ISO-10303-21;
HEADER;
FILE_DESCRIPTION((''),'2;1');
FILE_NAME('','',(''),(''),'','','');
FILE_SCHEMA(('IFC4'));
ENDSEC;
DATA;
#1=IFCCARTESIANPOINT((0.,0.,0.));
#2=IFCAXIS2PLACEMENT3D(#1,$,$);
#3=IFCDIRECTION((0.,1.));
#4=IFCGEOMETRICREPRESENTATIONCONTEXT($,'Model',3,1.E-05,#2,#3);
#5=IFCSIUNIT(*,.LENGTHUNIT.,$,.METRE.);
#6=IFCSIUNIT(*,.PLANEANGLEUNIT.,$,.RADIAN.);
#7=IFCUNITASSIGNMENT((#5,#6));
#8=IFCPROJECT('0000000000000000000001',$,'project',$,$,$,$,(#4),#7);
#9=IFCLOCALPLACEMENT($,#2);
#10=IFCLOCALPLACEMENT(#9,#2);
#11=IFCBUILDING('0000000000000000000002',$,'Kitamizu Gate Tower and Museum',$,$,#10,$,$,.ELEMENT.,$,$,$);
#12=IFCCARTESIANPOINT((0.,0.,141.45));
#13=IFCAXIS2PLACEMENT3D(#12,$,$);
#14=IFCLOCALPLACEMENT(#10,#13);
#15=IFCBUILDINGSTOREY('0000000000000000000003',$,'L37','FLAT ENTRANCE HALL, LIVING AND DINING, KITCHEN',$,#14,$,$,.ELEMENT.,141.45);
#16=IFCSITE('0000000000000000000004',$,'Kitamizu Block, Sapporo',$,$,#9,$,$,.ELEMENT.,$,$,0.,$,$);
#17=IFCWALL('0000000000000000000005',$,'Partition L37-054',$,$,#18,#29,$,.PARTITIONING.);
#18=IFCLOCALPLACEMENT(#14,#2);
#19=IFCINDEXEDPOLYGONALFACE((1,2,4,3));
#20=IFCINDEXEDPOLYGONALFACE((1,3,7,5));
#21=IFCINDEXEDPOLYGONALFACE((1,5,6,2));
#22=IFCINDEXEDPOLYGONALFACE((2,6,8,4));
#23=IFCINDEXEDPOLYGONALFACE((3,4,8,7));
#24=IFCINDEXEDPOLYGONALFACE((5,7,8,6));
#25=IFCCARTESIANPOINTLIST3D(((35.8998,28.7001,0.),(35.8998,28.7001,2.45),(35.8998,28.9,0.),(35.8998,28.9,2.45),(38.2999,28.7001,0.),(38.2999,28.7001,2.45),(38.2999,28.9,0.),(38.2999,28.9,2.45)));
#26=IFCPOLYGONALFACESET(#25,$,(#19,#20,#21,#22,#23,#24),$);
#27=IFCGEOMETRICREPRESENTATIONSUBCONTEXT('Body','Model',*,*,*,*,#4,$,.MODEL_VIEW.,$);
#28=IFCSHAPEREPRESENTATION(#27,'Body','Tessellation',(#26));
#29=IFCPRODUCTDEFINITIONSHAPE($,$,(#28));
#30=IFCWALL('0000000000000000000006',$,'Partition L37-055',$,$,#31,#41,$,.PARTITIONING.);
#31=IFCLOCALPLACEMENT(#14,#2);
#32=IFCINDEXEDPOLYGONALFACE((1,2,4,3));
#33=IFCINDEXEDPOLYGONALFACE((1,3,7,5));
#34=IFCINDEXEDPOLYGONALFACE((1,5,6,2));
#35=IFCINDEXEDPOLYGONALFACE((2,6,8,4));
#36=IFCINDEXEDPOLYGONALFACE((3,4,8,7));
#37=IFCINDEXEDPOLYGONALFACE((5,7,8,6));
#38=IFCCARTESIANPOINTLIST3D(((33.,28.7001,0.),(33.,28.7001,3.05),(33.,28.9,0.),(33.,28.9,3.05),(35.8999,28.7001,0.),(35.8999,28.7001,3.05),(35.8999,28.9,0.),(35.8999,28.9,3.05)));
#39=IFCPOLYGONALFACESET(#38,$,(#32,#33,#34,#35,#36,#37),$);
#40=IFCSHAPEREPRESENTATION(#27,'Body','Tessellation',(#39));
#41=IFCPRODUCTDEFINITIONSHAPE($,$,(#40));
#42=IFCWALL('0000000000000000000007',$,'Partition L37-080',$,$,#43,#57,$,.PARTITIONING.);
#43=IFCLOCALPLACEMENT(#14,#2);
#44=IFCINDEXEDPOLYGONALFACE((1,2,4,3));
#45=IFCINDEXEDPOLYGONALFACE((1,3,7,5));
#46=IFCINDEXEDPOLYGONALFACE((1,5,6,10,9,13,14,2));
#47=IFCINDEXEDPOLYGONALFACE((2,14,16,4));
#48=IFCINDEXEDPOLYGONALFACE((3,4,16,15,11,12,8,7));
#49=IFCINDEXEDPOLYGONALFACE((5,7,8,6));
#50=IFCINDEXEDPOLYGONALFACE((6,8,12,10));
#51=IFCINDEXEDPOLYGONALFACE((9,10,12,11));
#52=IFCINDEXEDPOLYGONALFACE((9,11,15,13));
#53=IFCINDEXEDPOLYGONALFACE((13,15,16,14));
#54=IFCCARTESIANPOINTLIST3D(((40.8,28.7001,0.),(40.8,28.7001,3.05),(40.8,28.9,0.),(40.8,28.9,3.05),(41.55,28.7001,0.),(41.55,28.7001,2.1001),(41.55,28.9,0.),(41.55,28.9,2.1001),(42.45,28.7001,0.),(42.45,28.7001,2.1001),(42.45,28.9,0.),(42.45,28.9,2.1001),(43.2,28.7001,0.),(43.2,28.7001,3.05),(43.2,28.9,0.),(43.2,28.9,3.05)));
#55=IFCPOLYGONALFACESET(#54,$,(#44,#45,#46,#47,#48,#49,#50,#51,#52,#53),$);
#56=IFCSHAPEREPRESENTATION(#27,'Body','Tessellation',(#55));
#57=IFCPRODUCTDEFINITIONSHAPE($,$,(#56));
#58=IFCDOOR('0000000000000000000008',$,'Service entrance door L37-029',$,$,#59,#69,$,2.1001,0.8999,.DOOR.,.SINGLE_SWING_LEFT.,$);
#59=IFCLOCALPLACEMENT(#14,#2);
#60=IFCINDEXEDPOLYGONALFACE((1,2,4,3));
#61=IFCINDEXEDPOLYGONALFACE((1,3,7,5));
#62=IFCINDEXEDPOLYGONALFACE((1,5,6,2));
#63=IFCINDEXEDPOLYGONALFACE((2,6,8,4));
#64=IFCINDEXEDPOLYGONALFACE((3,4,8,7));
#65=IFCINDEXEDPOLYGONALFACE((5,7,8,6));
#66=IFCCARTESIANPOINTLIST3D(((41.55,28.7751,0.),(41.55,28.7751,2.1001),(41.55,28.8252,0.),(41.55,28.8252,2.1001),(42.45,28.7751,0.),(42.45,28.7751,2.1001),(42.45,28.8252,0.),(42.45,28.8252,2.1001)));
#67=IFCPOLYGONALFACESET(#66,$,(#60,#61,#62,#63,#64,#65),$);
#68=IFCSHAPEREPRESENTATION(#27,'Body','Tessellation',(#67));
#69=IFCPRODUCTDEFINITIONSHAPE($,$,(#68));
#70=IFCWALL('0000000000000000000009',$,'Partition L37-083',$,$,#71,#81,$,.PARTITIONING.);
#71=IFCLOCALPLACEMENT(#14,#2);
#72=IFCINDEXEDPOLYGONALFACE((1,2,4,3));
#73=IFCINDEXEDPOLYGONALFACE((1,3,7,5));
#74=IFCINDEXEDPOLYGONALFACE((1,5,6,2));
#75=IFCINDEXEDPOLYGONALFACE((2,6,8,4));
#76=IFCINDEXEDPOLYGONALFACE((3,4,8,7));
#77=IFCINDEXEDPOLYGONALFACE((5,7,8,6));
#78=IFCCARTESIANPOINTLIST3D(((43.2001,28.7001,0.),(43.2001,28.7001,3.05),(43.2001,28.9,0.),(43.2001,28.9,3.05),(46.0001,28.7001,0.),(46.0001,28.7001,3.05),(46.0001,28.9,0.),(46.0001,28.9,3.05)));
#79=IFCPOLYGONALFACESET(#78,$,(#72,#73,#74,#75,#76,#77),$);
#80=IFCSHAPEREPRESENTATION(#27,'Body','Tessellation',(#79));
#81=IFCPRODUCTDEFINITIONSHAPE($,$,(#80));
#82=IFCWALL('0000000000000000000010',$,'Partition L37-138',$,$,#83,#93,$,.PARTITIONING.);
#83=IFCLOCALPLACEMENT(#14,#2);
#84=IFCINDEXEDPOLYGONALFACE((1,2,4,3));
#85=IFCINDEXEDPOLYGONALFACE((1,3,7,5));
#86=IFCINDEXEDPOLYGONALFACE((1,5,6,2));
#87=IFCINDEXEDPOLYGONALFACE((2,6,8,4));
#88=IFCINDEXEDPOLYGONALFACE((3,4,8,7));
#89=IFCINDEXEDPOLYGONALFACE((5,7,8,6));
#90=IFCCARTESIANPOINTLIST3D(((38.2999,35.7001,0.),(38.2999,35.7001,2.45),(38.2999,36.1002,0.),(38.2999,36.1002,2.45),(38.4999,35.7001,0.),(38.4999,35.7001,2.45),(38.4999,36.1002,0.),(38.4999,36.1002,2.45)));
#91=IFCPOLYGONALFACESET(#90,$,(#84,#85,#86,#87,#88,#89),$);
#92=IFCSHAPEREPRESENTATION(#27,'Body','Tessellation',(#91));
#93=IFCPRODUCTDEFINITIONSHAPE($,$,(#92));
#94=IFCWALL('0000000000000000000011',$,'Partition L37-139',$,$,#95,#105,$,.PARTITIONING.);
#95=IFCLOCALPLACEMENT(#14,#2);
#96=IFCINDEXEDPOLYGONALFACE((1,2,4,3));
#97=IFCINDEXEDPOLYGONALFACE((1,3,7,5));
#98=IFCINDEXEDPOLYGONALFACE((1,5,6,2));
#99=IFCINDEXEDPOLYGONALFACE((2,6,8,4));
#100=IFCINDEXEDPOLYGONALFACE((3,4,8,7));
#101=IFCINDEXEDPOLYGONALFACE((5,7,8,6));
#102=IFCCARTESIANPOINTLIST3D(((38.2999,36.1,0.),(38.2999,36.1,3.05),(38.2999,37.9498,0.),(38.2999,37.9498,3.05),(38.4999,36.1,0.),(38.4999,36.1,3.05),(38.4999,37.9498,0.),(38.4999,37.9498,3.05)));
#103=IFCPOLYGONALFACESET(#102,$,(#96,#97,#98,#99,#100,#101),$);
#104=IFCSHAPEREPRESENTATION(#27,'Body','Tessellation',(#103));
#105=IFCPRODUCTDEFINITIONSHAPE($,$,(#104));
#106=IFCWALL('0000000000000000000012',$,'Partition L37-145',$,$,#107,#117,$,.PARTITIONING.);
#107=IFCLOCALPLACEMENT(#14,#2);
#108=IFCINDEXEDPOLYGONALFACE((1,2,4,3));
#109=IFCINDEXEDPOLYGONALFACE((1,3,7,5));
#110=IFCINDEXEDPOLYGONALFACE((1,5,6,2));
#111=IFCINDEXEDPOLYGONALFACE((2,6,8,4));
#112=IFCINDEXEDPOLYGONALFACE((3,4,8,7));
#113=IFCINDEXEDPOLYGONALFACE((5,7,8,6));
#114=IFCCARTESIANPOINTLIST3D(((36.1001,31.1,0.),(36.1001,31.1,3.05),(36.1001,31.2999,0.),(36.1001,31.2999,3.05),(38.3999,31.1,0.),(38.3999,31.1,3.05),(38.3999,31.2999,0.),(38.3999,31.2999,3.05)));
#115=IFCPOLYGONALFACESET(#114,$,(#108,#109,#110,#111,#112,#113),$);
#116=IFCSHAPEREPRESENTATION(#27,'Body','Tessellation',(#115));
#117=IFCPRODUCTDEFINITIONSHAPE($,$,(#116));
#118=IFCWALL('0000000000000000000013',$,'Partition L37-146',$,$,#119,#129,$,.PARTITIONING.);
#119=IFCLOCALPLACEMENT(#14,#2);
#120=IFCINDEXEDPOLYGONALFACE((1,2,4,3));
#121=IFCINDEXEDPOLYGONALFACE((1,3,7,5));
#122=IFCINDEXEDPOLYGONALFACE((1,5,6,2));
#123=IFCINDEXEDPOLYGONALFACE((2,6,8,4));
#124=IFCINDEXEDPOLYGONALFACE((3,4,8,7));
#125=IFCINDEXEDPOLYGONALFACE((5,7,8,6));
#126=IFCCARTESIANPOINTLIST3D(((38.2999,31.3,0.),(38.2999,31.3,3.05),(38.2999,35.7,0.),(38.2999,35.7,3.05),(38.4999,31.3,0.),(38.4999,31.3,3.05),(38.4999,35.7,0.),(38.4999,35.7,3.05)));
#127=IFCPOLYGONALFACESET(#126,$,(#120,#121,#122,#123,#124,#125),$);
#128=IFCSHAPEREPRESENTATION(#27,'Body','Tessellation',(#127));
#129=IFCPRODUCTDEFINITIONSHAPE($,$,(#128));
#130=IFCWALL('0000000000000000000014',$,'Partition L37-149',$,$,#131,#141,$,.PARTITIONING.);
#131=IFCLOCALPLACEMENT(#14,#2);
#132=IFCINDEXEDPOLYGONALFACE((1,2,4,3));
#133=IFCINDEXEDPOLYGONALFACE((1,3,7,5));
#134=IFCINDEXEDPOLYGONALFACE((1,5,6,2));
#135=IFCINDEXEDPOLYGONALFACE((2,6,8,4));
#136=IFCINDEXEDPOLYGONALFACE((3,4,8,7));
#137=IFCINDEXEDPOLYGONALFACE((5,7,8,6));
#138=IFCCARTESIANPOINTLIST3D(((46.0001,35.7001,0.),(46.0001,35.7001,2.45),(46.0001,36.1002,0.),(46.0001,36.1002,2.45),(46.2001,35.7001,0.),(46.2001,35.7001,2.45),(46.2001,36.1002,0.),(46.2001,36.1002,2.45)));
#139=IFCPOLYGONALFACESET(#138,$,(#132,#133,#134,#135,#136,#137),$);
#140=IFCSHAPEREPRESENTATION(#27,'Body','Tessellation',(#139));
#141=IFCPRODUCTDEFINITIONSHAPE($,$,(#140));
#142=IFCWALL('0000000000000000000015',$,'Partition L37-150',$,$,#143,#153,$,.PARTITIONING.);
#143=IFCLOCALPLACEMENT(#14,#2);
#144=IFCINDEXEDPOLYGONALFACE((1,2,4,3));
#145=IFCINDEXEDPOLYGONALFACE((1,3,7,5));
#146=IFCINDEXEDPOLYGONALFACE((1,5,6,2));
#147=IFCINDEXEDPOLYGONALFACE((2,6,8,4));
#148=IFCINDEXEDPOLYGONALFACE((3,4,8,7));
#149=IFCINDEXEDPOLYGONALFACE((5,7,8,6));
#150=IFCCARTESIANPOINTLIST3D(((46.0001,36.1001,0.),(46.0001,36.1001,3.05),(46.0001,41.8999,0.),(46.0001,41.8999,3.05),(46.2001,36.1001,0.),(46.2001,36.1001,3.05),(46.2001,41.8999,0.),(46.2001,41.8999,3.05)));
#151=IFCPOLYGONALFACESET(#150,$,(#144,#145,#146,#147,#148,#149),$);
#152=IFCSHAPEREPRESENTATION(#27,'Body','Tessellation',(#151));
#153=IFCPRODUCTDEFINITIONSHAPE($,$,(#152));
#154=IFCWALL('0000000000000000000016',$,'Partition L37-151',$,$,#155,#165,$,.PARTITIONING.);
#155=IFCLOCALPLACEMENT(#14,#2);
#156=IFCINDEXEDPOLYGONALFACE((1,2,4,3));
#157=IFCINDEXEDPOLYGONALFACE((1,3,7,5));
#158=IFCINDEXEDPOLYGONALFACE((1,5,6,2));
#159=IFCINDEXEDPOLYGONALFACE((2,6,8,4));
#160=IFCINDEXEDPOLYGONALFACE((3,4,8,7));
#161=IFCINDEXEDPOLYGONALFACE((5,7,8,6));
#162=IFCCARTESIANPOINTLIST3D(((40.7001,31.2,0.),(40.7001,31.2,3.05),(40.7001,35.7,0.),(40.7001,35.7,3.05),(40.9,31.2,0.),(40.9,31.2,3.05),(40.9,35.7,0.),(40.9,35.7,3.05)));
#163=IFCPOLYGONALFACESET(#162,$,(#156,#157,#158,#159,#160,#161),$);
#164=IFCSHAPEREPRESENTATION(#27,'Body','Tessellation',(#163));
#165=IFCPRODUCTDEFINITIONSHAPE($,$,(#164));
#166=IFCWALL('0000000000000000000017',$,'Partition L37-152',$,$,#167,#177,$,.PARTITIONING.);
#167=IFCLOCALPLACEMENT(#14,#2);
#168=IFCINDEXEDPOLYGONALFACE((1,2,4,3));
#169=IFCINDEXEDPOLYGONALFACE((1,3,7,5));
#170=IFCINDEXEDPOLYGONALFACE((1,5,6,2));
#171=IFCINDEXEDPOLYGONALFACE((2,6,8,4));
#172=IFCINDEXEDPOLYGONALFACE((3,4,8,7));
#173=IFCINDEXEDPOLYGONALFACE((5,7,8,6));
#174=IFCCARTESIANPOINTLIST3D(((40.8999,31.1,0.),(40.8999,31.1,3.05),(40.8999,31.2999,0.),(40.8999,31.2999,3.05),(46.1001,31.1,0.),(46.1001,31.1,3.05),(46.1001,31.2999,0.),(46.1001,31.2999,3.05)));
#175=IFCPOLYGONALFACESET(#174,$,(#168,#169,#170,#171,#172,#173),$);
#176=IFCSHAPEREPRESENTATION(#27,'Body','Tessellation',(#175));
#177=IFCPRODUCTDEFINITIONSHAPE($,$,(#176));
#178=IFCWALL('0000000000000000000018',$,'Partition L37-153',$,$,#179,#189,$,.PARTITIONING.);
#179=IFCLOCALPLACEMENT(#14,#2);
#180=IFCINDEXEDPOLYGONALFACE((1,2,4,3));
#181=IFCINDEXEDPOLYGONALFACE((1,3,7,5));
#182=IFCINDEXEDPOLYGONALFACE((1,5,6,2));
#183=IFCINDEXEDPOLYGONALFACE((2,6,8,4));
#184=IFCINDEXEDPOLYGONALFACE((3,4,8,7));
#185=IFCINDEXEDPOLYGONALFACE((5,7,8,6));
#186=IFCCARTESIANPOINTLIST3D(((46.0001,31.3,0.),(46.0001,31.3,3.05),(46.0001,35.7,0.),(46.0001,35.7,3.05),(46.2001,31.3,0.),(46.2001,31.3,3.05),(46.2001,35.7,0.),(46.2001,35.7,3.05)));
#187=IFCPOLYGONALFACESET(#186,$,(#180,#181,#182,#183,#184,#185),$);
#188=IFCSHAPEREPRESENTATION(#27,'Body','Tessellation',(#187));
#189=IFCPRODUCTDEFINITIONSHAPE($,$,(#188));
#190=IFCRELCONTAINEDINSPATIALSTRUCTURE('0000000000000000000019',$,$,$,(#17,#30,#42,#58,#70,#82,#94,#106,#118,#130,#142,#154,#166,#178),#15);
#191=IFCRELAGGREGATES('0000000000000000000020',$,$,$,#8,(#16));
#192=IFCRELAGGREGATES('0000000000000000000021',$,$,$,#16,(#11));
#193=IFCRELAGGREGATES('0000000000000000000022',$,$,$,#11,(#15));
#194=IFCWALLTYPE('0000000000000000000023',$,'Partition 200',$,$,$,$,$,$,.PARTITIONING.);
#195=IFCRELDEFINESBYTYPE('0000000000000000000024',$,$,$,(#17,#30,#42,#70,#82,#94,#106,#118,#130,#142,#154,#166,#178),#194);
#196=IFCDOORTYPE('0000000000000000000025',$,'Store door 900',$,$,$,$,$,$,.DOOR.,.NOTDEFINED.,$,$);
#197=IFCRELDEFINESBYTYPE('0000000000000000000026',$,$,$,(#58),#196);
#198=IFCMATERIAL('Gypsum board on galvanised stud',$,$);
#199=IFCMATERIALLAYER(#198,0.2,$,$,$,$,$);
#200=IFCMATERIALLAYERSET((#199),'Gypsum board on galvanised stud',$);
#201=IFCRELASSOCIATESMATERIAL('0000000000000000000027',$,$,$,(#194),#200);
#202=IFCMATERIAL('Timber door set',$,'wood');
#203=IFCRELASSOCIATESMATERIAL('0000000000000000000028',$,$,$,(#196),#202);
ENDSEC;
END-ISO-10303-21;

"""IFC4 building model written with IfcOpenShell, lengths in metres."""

from ifc_helpers import new_model, si_unit, direction, frame, frame_2d, origin, place, context, subcontext, project, spatial, rectangle, extrude, material, layer, layer_set, type_object, element, fill, save


model = new_model("IFC4")

# Units and contexts
model_context = context("Model", 3, precision=1e-05, world=origin(), true_north=direction((0.0, 1.0)))
body_context = subcontext(model_context, "Body", "Model", "MODEL_VIEW")
ifc_project = project(units=[si_unit("LENGTHUNIT", "METRE"), si_unit("PLANEANGLEUNIT", "RADIAN")], contexts=[model_context])

# Site, building, storey
site_placement = place(None, origin())
site = spatial("IfcSite", under=ifc_project, at=site_placement, Name="Kitamizu Block, Sapporo", CompositionType="ELEMENT", RefElevation=0.0)
building_placement = place(site_placement, origin())
building = spatial("IfcBuilding", under=site, at=building_placement, Name="Kitamizu Gate Tower and Museum", CompositionType="ELEMENT")
storey_placement = place(building_placement, frame((0.0, 0.0, 141.45)))
storey = spatial("IfcBuildingStorey", under=building, at=storey_placement, Name="L37", Description="FLAT ENTRANCE HALL, LIVING AND DINING, KITCHEN", CompositionType="ELEMENT", Elevation=141.45)

# Walls
ifc_material_1 = material(Name="Gypsum board on galvanised stud")
ifc_layer_1 = layer(ifc_material_1, 0.2)
ifc_layer_set_1 = layer_set([ifc_layer_1], Name="Gypsum board on galvanised stud")
wall_type_1 = type_object("IfcWallType", Name="Partition 200", PredefinedType="PARTITIONING", material=ifc_layer_set_1)
wall_1_placement = place(storey_placement, frame((38.3, 28.8, 0.0), z_axis=(0.0, 0.0, 1.0), x_axis=(-1.0, 0.0, 0.0)))
element("IfcWall", 1, at=wall_1_placement, inside=storey, type_object=wall_type_1, Name="Partition L37-054", PredefinedType="PARTITIONING", context=body_context, shape_type="SweptSolid", body=[
    extrude(rectangle(XDim=2.4001, YDim=0.2, at=frame_2d((1.2002, 0.0))), origin(), (0.0, 0.0, 1.0), 2.45),
])
wall_2_placement = place(storey_placement, frame((35.8999, 28.8, 0.0), z_axis=(0.0, 0.0, 1.0), x_axis=(-1.0, 0.0, 0.0)))
element("IfcWall", 2, at=wall_2_placement, inside=storey, type_object=wall_type_1, Name="Partition L37-055", PredefinedType="PARTITIONING", context=body_context, shape_type="SweptSolid", body=[
    extrude(rectangle(XDim=2.8999, YDim=0.2, at=frame_2d((1.45, 0.0))), origin(), (0.0, 0.0, 1.0), 3.05),
])

# Wall, opening, door
wall_3_placement = place(storey_placement, frame((43.2, 28.8, 0.0), z_axis=(0.0, 0.0, 1.0), x_axis=(-1.0, 0.0, 0.0)))
wall_3 = element("IfcWall", 3, at=wall_3_placement, inside=storey, type_object=wall_type_1, Name="Partition L37-080", PredefinedType="PARTITIONING", context=body_context, shape_type="SweptSolid", body=[
    extrude(rectangle(XDim=2.3999, YDim=0.2, at=frame_2d((1.2, 0.0))), origin(), (0.0, 0.0, 1.0), 3.05),
])
opening_1_placement = place(wall_3_placement, frame((0.75, 0.0, 0.0)))
opening_1 = element("IfcOpeningElement", 4, at=opening_1_placement, cuts=wall_3, PredefinedType="OPENING", context=body_context, shape_type="SweptSolid", body=[
    extrude(rectangle(XDim=0.8999, YDim=2.1001, at=frame_2d((0.45, 1.05))), frame((0.0, 0.1099, 0.0), z_axis=(0.0, -1.0, 0.0), x_axis=(1.0, 0.0, 0.0)), (0.0, 0.0, 1.0), 0.22),
])
ifc_material_2 = material(Name="Timber door set", Category="wood")
door_type_1 = type_object("IfcDoorType", Name="Store door 900", OperationType="NOTDEFINED", PredefinedType="DOOR", material=ifc_material_2)
door_1_placement = place(opening_1_placement, origin())
door_1 = element("IfcDoor", 5, at=door_1_placement, inside=storey, type_object=door_type_1, Name="Service entrance door L37-029", OperationType="SINGLE_SWING_LEFT", OverallHeight=2.1001, OverallWidth=0.8999, PredefinedType="DOOR", context=body_context, shape_type="SweptSolid", body=[
    extrude(rectangle(XDim=0.8999, YDim=2.1001, at=frame_2d((0.45, 1.05))), frame((0.0, 0.0249, 0.0), z_axis=(0.0, -1.0, 0.0), x_axis=(1.0, 0.0, 0.0)), (0.0, 0.0, 1.0), 0.05),
])
fill(opening_1, door_1)

# Walls
wall_4_placement = place(storey_placement, frame((46.0, 28.8, 0.0), z_axis=(0.0, 0.0, 1.0), x_axis=(-1.0, 0.0, 0.0)))
element("IfcWall", 6, at=wall_4_placement, inside=storey, type_object=wall_type_1, Name="Partition L37-083", PredefinedType="PARTITIONING", context=body_context, shape_type="SweptSolid", body=[
    extrude(rectangle(XDim=2.8, YDim=0.2, at=frame_2d((1.3999, 0.0))), origin(), (0.0, 0.0, 1.0), 3.05),
])
wall_5_placement = place(storey_placement, frame((38.3999, 35.7, 0.0), z_axis=(0.0, 0.0, 1.0), x_axis=(0.0, 1.0, 0.0)))
element("IfcWall", 7, at=wall_5_placement, inside=storey, type_object=wall_type_1, Name="Partition L37-138", PredefinedType="PARTITIONING", context=body_context, shape_type="SweptSolid", body=[
    extrude(rectangle(XDim=0.4001, YDim=0.2, at=frame_2d((0.2002, 0.0))), origin(), (0.0, 0.0, 1.0), 2.45),
])
wall_6_placement = place(storey_placement, frame((38.3999, 36.1001, 0.0), z_axis=(0.0, 0.0, 1.0), x_axis=(0.0, 1.0, 0.0)))
element("IfcWall", 8, at=wall_6_placement, inside=storey, type_object=wall_type_1, Name="Partition L37-139", PredefinedType="PARTITIONING", context=body_context, shape_type="SweptSolid", body=[
    extrude(rectangle(XDim=1.8499, YDim=0.2, at=frame_2d((0.9248, 0.0))), origin(), (0.0, 0.0, 1.0), 3.05),
])
wall_7_placement = place(storey_placement, frame((36.1001, 31.2, 0.0), z_axis=(0.0, 0.0, 1.0), x_axis=(1.0, 0.0, 0.0)))
element("IfcWall", 9, at=wall_7_placement, inside=storey, type_object=wall_type_1, Name="Partition L37-145", PredefinedType="PARTITIONING", context=body_context, shape_type="SweptSolid", body=[
    extrude(rectangle(XDim=2.2998, YDim=0.2, at=frame_2d((1.1499, 0.0))), origin(), (0.0, 0.0, 1.0), 3.05),
])
wall_8_placement = place(storey_placement, frame((38.3999, 31.3, 0.0), z_axis=(0.0, 0.0, 1.0), x_axis=(0.0, 1.0, 0.0)))
element("IfcWall", 10, at=wall_8_placement, inside=storey, type_object=wall_type_1, Name="Partition L37-146", PredefinedType="PARTITIONING", context=body_context, shape_type="SweptSolid", body=[
    extrude(rectangle(XDim=4.3999, YDim=0.2, at=frame_2d((2.2, 0.0))), origin(), (0.0, 0.0, 1.0), 3.05),
])
wall_9_placement = place(storey_placement, frame((46.1001, 35.7, 0.0), z_axis=(0.0, 0.0, 1.0), x_axis=(0.0, 1.0, 0.0)))
element("IfcWall", 11, at=wall_9_placement, inside=storey, type_object=wall_type_1, Name="Partition L37-149", PredefinedType="PARTITIONING", context=body_context, shape_type="SweptSolid", body=[
    extrude(rectangle(XDim=0.4001, YDim=0.2, at=frame_2d((0.2002, 0.0))), origin(), (0.0, 0.0, 1.0), 2.45),
])
wall_10_placement = place(storey_placement, frame((46.1001, 36.1001, 0.0), z_axis=(0.0, 0.0, 1.0), x_axis=(0.0, 1.0, 0.0)))
element("IfcWall", 12, at=wall_10_placement, inside=storey, type_object=wall_type_1, Name="Partition L37-150", PredefinedType="PARTITIONING", context=body_context, shape_type="SweptSolid", body=[
    extrude(rectangle(XDim=5.7998, YDim=0.2, at=frame_2d((2.8999, 0.0))), origin(), (0.0, 0.0, 1.0), 3.05),
])
wall_11_placement = place(storey_placement, frame((40.8, 35.7, 0.0), z_axis=(0.0, 0.0, 1.0), x_axis=(0.0, -1.0, 0.0)))
element("IfcWall", 13, at=wall_11_placement, inside=storey, type_object=wall_type_1, Name="Partition L37-151", PredefinedType="PARTITIONING", context=body_context, shape_type="SweptSolid", body=[
    extrude(rectangle(XDim=4.5, YDim=0.2, at=frame_2d((2.25, 0.0))), origin(), (0.0, 0.0, 1.0), 3.05),
])
wall_12_placement = place(storey_placement, frame((40.8999, 31.2, 0.0), z_axis=(0.0, 0.0, 1.0), x_axis=(1.0, 0.0, 0.0)))
element("IfcWall", 14, at=wall_12_placement, inside=storey, type_object=wall_type_1, Name="Partition L37-152", PredefinedType="PARTITIONING", context=body_context, shape_type="SweptSolid", body=[
    extrude(rectangle(XDim=5.2002, YDim=0.2, at=frame_2d((2.6001, 0.0))), origin(), (0.0, 0.0, 1.0), 3.05),
])
wall_13_placement = place(storey_placement, frame((46.1001, 31.3, 0.0), z_axis=(0.0, 0.0, 1.0), x_axis=(0.0, 1.0, 0.0)))
element("IfcWall", 15, at=wall_13_placement, inside=storey, type_object=wall_type_1, Name="Partition L37-153", PredefinedType="PARTITIONING", context=body_context, shape_type="SweptSolid", body=[
    extrude(rectangle(XDim=4.3999, YDim=0.2, at=frame_2d((2.2, 0.0))), origin(), (0.0, 0.0, 1.0), 3.05),
])

save(model, "model.ifc")
